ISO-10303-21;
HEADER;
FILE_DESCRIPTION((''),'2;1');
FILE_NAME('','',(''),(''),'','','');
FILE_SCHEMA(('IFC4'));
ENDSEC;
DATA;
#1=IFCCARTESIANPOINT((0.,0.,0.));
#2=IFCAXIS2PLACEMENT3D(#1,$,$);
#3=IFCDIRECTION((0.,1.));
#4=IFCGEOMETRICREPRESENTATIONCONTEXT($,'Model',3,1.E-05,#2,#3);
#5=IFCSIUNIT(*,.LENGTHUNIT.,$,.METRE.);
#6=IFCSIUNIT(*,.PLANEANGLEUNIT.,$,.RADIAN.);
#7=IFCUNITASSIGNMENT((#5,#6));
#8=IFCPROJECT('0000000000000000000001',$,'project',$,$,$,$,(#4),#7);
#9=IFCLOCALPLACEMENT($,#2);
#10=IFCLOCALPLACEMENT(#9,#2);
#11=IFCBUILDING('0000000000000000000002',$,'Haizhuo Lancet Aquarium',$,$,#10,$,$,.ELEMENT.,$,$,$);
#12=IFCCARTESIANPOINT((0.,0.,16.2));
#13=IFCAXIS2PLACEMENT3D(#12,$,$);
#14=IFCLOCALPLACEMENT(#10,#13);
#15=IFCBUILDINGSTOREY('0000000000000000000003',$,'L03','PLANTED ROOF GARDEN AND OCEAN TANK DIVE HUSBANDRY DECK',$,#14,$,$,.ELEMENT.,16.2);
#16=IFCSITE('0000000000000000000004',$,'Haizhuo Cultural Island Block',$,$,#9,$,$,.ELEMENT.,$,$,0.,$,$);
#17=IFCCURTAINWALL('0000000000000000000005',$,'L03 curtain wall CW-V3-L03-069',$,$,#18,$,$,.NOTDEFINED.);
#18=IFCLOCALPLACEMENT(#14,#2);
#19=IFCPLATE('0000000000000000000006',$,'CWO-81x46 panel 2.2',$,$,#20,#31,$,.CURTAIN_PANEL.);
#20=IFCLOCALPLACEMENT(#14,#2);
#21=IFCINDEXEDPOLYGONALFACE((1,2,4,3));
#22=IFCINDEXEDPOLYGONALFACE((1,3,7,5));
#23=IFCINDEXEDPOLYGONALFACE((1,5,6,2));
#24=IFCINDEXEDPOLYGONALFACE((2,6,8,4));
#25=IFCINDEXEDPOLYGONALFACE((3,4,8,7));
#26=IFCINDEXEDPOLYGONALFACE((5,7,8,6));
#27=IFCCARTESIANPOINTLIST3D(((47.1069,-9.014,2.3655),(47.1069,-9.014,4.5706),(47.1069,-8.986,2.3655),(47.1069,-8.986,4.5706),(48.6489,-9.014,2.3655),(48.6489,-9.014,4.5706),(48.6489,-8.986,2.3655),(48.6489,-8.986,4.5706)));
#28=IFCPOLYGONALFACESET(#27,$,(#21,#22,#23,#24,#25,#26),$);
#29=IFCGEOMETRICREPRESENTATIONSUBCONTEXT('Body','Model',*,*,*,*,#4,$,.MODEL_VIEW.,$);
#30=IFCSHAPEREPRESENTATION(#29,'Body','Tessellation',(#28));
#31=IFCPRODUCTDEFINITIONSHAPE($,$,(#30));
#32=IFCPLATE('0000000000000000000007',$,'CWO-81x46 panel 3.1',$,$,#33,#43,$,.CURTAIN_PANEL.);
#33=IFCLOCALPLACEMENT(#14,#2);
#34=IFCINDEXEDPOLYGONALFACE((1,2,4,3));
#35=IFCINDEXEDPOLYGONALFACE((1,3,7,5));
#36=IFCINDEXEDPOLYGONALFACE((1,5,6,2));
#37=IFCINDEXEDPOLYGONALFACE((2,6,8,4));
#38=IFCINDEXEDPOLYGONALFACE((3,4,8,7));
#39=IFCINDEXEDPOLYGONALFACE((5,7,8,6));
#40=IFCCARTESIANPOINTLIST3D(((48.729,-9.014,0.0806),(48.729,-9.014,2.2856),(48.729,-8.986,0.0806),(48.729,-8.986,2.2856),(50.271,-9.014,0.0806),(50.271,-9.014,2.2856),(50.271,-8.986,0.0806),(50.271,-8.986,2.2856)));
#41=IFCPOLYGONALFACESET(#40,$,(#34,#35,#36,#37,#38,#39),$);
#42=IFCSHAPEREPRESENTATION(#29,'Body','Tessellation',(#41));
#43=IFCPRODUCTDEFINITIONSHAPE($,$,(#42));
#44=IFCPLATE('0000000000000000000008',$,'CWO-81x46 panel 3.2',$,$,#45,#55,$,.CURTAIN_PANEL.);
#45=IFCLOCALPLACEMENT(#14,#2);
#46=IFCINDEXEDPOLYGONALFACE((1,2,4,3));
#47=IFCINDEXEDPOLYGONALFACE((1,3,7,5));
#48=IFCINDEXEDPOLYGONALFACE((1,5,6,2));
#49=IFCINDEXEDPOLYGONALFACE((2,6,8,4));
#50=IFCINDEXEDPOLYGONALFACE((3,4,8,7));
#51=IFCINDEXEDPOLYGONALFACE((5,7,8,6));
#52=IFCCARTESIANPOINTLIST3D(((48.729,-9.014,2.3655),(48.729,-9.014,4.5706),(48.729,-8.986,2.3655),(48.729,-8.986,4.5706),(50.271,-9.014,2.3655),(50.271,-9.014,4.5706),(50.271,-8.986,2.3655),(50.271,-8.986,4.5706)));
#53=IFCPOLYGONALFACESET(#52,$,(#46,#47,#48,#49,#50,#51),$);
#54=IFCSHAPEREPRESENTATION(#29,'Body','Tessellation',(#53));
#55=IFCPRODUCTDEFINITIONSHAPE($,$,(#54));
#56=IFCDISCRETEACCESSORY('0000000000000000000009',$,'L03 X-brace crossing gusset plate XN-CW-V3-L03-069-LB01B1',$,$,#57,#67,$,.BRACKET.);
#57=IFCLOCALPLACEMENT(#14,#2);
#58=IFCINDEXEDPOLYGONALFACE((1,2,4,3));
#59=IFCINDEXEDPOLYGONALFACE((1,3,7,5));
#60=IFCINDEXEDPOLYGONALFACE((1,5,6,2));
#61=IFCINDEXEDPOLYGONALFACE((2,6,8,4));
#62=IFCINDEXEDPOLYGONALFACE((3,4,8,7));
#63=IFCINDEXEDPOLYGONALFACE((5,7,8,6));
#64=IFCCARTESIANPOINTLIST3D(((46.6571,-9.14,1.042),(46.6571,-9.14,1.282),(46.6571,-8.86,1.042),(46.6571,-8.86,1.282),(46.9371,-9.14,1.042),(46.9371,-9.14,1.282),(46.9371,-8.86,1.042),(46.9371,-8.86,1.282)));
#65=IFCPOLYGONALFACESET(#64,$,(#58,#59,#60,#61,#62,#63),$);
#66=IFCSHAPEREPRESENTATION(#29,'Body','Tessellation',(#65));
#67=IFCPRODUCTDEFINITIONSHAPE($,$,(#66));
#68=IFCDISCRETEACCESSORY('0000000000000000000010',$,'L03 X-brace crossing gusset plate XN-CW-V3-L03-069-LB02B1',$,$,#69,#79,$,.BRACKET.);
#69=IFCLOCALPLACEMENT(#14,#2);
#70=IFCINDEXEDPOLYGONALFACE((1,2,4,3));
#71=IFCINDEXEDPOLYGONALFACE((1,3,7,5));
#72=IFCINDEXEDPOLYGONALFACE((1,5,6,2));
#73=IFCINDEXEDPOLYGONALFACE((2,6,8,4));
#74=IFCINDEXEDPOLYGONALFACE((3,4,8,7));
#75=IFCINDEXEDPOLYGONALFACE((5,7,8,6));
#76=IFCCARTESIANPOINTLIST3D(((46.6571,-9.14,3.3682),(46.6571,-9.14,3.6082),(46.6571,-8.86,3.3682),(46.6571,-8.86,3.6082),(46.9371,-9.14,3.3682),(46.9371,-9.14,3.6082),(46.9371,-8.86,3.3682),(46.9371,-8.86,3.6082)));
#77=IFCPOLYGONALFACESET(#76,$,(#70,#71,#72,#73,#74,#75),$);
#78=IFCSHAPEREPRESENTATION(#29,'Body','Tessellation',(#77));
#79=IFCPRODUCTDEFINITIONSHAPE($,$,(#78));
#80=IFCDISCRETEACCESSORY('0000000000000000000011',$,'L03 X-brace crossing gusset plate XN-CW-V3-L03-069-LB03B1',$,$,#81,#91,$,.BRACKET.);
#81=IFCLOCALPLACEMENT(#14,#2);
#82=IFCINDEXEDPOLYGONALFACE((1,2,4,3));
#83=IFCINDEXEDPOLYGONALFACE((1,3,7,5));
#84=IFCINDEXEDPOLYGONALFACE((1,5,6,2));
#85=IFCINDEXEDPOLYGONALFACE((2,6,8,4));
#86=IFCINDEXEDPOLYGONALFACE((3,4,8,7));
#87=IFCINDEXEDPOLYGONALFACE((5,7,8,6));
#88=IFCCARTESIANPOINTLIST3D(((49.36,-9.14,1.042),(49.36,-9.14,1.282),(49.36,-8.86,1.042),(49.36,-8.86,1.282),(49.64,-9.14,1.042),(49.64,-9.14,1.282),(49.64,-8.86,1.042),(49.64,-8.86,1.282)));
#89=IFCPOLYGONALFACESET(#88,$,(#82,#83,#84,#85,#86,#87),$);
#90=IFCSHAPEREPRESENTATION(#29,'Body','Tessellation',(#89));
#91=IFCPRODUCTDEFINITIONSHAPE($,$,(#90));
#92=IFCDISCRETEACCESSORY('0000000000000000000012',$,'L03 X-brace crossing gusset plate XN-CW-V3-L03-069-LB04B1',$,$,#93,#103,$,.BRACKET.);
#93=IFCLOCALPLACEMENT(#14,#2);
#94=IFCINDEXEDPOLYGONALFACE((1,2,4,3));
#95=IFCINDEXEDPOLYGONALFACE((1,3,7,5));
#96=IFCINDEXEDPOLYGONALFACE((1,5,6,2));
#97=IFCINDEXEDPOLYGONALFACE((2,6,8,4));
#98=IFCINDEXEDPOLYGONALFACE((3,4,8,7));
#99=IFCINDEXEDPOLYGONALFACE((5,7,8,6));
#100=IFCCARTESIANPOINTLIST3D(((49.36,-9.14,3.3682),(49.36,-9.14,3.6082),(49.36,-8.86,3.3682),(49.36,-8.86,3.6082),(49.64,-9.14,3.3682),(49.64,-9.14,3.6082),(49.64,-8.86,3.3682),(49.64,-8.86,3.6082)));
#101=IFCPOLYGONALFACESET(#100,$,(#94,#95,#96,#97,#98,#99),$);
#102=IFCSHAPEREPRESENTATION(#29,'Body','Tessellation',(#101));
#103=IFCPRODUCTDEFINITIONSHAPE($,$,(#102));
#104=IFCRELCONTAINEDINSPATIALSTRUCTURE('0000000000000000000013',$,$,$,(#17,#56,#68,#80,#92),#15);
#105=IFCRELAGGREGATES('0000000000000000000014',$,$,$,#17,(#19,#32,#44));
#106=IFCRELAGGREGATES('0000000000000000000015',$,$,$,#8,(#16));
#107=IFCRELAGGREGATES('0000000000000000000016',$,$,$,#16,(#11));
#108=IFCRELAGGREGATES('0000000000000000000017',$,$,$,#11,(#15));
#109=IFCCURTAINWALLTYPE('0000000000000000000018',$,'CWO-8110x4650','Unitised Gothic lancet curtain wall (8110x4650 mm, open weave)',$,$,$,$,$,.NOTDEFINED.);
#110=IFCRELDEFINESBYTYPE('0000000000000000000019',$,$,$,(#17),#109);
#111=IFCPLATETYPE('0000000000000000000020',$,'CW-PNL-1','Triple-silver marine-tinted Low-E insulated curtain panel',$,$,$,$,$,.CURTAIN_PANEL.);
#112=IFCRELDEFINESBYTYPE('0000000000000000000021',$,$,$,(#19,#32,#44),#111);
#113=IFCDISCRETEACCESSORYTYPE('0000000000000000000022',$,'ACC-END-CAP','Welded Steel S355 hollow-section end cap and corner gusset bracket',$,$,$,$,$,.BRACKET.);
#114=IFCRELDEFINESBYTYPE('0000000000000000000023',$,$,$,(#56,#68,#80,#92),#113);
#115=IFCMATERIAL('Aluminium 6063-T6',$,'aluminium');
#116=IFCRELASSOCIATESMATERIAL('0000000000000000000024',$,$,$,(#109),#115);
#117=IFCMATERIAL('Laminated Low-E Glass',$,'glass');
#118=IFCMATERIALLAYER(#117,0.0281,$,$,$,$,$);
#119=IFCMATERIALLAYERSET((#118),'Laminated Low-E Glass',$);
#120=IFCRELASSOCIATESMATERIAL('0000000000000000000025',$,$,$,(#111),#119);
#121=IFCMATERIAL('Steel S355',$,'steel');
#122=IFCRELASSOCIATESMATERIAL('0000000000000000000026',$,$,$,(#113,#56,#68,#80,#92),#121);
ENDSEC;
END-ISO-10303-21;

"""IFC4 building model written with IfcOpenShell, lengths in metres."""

from ifc_helpers import new_model, si_unit, direction, frame, origin, origin_2d, place, context, subcontext, project, spatial, rectangle, extrude, material, layer, layer_set, type_object, element, aggregate, save


model = new_model("IFC4")

# Units and contexts
model_context = context("Model", 3, precision=1e-05, world=origin(), true_north=direction((0.0, 1.0)))
body_context = subcontext(model_context, "Body", "Model", "MODEL_VIEW")
ifc_project = project(units=[si_unit("LENGTHUNIT", "METRE"), si_unit("PLANEANGLEUNIT", "RADIAN")], contexts=[model_context])

# Site, building, storey
site_placement = place(None, origin())
site = spatial("IfcSite", under=ifc_project, at=site_placement, Name="Haizhuo Cultural Island Block", CompositionType="ELEMENT", RefElevation=0.0)
building_placement = place(site_placement, origin())
building = spatial("IfcBuilding", under=site, at=building_placement, Name="Haizhuo Lancet Aquarium", CompositionType="ELEMENT")
storey_placement = place(building_placement, frame((0.0, 0.0, 16.2)))
storey = spatial("IfcBuildingStorey", under=building, at=storey_placement, Name="L03", Description="PLANTED ROOF GARDEN AND OCEAN TANK DIVE HUSBANDRY DECK", CompositionType="ELEMENT", Elevation=16.2)

# Curtain wall
ifc_material_1 = material(Name="Aluminium 6063-T6", Category="aluminium")
curtain_wall_type = type_object("IfcCurtainWallType", Name="CWO-8110x4650", Description="Unitised Gothic lancet curtain wall (8110x4650 mm, open weave)", PredefinedType="NOTDEFINED", material=ifc_material_1)
curtain_wall_placement = place(storey_placement, origin())
curtain_wall = element("IfcCurtainWall", 1, at=curtain_wall_placement, inside=storey, type_object=curtain_wall_type, Name="L03 curtain wall CW-V3-L03-069", PredefinedType="NOTDEFINED")

# Shared definitions
ifc_material_2 = material(Name="Steel S355", Category="steel")

# Plates
ifc_material_3 = material(Name="Laminated Low-E Glass", Category="glass")
ifc_layer = layer(ifc_material_3, 0.0281)
ifc_layer_set = layer_set([ifc_layer], Name="Laminated Low-E Glass")
plate_type = type_object("IfcPlateType", Name="CW-PNL-1", Description="Triple-silver marine-tinted Low-E insulated curtain panel", PredefinedType="CURTAIN_PANEL", material=ifc_layer_set)
plate_1_placement = place(storey_placement, frame((47.8779, -9.0, 2.3655), z_axis=(0.0, 0.0, 1.0), x_axis=(1.0, 0.0, 0.0)))
plate_1 = element("IfcPlate", 2, at=plate_1_placement, type_object=plate_type, Name="CWO-81x46 panel 2.2", PredefinedType="CURTAIN_PANEL", context=body_context, shape_type="SweptSolid", body=[
    extrude(rectangle(XDim=1.542, YDim=0.0281, at=origin_2d()), origin(), (0.0, 0.0, 1.0), 2.2051),
])
plate_2_placement = place(storey_placement, frame((49.5, -9.0, 0.0806), z_axis=(0.0, 0.0, 1.0), x_axis=(1.0, 0.0, 0.0)))
plate_2 = element("IfcPlate", 3, at=plate_2_placement, type_object=plate_type, Name="CWO-81x46 panel 3.1", PredefinedType="CURTAIN_PANEL", context=body_context, shape_type="SweptSolid", body=[
    extrude(rectangle(XDim=1.542, YDim=0.0281, at=origin_2d()), origin(), (0.0, 0.0, 1.0), 2.2051),
])
plate_3_placement = place(storey_placement, frame((49.5, -9.0, 2.3655), z_axis=(0.0, 0.0, 1.0), x_axis=(1.0, 0.0, 0.0)))
plate_3 = element("IfcPlate", 4, at=plate_3_placement, type_object=plate_type, Name="CWO-81x46 panel 3.2", PredefinedType="CURTAIN_PANEL", context=body_context, shape_type="SweptSolid", body=[
    extrude(rectangle(XDim=1.542, YDim=0.0281, at=origin_2d()), origin(), (0.0, 0.0, 1.0), 2.2051),
])
aggregate(curtain_wall, [plate_1, plate_2, plate_3])

# Discrete accessories
discrete_accessory_type = type_object("IfcDiscreteAccessoryType", Name="ACC-END-CAP", Description="Welded Steel S355 hollow-section end cap and corner gusset bracket", PredefinedType="BRACKET", material=ifc_material_2)
for number, where, z_axis, x_axis, name in (
    (5, (46.7971, -9.0, 1.042), (0.0, 0.0, 1.0), (1.0, 0.0, 0.0), "L03 X-brace crossing gusset plate XN-CW-V3-L03-069-LB01B1"),
    (6, (46.7971, -9.0, 3.3682), (0.0, 0.0, 1.0), (1.0, 0.0, 0.0), "L03 X-brace crossing gusset plate XN-CW-V3-L03-069-LB02B1"),
    (7, (49.5, -9.0, 1.042), (0.0, 0.0, 1.0), (1.0, 0.0, 0.0), "L03 X-brace crossing gusset plate XN-CW-V3-L03-069-LB03B1"),
    (8, (49.5, -9.0, 3.3682), (0.0, 0.0, 1.0), (1.0, 0.0, 0.0), "L03 X-brace crossing gusset plate XN-CW-V3-L03-069-LB04B1"),
):
    element("IfcDiscreteAccessory", number, at=place(storey_placement, frame(where, z_axis=z_axis, x_axis=x_axis)), inside=storey, type_object=discrete_accessory_type, material=ifc_material_2, Name=name, PredefinedType="BRACKET", context=body_context, shape_type="SweptSolid", body=[
        extrude(rectangle(XDim=0.28, YDim=0.28, at=origin_2d()), origin(), (0.0, 0.0, 1.0), 0.24),
    ])

save(model, "model.ifc")
